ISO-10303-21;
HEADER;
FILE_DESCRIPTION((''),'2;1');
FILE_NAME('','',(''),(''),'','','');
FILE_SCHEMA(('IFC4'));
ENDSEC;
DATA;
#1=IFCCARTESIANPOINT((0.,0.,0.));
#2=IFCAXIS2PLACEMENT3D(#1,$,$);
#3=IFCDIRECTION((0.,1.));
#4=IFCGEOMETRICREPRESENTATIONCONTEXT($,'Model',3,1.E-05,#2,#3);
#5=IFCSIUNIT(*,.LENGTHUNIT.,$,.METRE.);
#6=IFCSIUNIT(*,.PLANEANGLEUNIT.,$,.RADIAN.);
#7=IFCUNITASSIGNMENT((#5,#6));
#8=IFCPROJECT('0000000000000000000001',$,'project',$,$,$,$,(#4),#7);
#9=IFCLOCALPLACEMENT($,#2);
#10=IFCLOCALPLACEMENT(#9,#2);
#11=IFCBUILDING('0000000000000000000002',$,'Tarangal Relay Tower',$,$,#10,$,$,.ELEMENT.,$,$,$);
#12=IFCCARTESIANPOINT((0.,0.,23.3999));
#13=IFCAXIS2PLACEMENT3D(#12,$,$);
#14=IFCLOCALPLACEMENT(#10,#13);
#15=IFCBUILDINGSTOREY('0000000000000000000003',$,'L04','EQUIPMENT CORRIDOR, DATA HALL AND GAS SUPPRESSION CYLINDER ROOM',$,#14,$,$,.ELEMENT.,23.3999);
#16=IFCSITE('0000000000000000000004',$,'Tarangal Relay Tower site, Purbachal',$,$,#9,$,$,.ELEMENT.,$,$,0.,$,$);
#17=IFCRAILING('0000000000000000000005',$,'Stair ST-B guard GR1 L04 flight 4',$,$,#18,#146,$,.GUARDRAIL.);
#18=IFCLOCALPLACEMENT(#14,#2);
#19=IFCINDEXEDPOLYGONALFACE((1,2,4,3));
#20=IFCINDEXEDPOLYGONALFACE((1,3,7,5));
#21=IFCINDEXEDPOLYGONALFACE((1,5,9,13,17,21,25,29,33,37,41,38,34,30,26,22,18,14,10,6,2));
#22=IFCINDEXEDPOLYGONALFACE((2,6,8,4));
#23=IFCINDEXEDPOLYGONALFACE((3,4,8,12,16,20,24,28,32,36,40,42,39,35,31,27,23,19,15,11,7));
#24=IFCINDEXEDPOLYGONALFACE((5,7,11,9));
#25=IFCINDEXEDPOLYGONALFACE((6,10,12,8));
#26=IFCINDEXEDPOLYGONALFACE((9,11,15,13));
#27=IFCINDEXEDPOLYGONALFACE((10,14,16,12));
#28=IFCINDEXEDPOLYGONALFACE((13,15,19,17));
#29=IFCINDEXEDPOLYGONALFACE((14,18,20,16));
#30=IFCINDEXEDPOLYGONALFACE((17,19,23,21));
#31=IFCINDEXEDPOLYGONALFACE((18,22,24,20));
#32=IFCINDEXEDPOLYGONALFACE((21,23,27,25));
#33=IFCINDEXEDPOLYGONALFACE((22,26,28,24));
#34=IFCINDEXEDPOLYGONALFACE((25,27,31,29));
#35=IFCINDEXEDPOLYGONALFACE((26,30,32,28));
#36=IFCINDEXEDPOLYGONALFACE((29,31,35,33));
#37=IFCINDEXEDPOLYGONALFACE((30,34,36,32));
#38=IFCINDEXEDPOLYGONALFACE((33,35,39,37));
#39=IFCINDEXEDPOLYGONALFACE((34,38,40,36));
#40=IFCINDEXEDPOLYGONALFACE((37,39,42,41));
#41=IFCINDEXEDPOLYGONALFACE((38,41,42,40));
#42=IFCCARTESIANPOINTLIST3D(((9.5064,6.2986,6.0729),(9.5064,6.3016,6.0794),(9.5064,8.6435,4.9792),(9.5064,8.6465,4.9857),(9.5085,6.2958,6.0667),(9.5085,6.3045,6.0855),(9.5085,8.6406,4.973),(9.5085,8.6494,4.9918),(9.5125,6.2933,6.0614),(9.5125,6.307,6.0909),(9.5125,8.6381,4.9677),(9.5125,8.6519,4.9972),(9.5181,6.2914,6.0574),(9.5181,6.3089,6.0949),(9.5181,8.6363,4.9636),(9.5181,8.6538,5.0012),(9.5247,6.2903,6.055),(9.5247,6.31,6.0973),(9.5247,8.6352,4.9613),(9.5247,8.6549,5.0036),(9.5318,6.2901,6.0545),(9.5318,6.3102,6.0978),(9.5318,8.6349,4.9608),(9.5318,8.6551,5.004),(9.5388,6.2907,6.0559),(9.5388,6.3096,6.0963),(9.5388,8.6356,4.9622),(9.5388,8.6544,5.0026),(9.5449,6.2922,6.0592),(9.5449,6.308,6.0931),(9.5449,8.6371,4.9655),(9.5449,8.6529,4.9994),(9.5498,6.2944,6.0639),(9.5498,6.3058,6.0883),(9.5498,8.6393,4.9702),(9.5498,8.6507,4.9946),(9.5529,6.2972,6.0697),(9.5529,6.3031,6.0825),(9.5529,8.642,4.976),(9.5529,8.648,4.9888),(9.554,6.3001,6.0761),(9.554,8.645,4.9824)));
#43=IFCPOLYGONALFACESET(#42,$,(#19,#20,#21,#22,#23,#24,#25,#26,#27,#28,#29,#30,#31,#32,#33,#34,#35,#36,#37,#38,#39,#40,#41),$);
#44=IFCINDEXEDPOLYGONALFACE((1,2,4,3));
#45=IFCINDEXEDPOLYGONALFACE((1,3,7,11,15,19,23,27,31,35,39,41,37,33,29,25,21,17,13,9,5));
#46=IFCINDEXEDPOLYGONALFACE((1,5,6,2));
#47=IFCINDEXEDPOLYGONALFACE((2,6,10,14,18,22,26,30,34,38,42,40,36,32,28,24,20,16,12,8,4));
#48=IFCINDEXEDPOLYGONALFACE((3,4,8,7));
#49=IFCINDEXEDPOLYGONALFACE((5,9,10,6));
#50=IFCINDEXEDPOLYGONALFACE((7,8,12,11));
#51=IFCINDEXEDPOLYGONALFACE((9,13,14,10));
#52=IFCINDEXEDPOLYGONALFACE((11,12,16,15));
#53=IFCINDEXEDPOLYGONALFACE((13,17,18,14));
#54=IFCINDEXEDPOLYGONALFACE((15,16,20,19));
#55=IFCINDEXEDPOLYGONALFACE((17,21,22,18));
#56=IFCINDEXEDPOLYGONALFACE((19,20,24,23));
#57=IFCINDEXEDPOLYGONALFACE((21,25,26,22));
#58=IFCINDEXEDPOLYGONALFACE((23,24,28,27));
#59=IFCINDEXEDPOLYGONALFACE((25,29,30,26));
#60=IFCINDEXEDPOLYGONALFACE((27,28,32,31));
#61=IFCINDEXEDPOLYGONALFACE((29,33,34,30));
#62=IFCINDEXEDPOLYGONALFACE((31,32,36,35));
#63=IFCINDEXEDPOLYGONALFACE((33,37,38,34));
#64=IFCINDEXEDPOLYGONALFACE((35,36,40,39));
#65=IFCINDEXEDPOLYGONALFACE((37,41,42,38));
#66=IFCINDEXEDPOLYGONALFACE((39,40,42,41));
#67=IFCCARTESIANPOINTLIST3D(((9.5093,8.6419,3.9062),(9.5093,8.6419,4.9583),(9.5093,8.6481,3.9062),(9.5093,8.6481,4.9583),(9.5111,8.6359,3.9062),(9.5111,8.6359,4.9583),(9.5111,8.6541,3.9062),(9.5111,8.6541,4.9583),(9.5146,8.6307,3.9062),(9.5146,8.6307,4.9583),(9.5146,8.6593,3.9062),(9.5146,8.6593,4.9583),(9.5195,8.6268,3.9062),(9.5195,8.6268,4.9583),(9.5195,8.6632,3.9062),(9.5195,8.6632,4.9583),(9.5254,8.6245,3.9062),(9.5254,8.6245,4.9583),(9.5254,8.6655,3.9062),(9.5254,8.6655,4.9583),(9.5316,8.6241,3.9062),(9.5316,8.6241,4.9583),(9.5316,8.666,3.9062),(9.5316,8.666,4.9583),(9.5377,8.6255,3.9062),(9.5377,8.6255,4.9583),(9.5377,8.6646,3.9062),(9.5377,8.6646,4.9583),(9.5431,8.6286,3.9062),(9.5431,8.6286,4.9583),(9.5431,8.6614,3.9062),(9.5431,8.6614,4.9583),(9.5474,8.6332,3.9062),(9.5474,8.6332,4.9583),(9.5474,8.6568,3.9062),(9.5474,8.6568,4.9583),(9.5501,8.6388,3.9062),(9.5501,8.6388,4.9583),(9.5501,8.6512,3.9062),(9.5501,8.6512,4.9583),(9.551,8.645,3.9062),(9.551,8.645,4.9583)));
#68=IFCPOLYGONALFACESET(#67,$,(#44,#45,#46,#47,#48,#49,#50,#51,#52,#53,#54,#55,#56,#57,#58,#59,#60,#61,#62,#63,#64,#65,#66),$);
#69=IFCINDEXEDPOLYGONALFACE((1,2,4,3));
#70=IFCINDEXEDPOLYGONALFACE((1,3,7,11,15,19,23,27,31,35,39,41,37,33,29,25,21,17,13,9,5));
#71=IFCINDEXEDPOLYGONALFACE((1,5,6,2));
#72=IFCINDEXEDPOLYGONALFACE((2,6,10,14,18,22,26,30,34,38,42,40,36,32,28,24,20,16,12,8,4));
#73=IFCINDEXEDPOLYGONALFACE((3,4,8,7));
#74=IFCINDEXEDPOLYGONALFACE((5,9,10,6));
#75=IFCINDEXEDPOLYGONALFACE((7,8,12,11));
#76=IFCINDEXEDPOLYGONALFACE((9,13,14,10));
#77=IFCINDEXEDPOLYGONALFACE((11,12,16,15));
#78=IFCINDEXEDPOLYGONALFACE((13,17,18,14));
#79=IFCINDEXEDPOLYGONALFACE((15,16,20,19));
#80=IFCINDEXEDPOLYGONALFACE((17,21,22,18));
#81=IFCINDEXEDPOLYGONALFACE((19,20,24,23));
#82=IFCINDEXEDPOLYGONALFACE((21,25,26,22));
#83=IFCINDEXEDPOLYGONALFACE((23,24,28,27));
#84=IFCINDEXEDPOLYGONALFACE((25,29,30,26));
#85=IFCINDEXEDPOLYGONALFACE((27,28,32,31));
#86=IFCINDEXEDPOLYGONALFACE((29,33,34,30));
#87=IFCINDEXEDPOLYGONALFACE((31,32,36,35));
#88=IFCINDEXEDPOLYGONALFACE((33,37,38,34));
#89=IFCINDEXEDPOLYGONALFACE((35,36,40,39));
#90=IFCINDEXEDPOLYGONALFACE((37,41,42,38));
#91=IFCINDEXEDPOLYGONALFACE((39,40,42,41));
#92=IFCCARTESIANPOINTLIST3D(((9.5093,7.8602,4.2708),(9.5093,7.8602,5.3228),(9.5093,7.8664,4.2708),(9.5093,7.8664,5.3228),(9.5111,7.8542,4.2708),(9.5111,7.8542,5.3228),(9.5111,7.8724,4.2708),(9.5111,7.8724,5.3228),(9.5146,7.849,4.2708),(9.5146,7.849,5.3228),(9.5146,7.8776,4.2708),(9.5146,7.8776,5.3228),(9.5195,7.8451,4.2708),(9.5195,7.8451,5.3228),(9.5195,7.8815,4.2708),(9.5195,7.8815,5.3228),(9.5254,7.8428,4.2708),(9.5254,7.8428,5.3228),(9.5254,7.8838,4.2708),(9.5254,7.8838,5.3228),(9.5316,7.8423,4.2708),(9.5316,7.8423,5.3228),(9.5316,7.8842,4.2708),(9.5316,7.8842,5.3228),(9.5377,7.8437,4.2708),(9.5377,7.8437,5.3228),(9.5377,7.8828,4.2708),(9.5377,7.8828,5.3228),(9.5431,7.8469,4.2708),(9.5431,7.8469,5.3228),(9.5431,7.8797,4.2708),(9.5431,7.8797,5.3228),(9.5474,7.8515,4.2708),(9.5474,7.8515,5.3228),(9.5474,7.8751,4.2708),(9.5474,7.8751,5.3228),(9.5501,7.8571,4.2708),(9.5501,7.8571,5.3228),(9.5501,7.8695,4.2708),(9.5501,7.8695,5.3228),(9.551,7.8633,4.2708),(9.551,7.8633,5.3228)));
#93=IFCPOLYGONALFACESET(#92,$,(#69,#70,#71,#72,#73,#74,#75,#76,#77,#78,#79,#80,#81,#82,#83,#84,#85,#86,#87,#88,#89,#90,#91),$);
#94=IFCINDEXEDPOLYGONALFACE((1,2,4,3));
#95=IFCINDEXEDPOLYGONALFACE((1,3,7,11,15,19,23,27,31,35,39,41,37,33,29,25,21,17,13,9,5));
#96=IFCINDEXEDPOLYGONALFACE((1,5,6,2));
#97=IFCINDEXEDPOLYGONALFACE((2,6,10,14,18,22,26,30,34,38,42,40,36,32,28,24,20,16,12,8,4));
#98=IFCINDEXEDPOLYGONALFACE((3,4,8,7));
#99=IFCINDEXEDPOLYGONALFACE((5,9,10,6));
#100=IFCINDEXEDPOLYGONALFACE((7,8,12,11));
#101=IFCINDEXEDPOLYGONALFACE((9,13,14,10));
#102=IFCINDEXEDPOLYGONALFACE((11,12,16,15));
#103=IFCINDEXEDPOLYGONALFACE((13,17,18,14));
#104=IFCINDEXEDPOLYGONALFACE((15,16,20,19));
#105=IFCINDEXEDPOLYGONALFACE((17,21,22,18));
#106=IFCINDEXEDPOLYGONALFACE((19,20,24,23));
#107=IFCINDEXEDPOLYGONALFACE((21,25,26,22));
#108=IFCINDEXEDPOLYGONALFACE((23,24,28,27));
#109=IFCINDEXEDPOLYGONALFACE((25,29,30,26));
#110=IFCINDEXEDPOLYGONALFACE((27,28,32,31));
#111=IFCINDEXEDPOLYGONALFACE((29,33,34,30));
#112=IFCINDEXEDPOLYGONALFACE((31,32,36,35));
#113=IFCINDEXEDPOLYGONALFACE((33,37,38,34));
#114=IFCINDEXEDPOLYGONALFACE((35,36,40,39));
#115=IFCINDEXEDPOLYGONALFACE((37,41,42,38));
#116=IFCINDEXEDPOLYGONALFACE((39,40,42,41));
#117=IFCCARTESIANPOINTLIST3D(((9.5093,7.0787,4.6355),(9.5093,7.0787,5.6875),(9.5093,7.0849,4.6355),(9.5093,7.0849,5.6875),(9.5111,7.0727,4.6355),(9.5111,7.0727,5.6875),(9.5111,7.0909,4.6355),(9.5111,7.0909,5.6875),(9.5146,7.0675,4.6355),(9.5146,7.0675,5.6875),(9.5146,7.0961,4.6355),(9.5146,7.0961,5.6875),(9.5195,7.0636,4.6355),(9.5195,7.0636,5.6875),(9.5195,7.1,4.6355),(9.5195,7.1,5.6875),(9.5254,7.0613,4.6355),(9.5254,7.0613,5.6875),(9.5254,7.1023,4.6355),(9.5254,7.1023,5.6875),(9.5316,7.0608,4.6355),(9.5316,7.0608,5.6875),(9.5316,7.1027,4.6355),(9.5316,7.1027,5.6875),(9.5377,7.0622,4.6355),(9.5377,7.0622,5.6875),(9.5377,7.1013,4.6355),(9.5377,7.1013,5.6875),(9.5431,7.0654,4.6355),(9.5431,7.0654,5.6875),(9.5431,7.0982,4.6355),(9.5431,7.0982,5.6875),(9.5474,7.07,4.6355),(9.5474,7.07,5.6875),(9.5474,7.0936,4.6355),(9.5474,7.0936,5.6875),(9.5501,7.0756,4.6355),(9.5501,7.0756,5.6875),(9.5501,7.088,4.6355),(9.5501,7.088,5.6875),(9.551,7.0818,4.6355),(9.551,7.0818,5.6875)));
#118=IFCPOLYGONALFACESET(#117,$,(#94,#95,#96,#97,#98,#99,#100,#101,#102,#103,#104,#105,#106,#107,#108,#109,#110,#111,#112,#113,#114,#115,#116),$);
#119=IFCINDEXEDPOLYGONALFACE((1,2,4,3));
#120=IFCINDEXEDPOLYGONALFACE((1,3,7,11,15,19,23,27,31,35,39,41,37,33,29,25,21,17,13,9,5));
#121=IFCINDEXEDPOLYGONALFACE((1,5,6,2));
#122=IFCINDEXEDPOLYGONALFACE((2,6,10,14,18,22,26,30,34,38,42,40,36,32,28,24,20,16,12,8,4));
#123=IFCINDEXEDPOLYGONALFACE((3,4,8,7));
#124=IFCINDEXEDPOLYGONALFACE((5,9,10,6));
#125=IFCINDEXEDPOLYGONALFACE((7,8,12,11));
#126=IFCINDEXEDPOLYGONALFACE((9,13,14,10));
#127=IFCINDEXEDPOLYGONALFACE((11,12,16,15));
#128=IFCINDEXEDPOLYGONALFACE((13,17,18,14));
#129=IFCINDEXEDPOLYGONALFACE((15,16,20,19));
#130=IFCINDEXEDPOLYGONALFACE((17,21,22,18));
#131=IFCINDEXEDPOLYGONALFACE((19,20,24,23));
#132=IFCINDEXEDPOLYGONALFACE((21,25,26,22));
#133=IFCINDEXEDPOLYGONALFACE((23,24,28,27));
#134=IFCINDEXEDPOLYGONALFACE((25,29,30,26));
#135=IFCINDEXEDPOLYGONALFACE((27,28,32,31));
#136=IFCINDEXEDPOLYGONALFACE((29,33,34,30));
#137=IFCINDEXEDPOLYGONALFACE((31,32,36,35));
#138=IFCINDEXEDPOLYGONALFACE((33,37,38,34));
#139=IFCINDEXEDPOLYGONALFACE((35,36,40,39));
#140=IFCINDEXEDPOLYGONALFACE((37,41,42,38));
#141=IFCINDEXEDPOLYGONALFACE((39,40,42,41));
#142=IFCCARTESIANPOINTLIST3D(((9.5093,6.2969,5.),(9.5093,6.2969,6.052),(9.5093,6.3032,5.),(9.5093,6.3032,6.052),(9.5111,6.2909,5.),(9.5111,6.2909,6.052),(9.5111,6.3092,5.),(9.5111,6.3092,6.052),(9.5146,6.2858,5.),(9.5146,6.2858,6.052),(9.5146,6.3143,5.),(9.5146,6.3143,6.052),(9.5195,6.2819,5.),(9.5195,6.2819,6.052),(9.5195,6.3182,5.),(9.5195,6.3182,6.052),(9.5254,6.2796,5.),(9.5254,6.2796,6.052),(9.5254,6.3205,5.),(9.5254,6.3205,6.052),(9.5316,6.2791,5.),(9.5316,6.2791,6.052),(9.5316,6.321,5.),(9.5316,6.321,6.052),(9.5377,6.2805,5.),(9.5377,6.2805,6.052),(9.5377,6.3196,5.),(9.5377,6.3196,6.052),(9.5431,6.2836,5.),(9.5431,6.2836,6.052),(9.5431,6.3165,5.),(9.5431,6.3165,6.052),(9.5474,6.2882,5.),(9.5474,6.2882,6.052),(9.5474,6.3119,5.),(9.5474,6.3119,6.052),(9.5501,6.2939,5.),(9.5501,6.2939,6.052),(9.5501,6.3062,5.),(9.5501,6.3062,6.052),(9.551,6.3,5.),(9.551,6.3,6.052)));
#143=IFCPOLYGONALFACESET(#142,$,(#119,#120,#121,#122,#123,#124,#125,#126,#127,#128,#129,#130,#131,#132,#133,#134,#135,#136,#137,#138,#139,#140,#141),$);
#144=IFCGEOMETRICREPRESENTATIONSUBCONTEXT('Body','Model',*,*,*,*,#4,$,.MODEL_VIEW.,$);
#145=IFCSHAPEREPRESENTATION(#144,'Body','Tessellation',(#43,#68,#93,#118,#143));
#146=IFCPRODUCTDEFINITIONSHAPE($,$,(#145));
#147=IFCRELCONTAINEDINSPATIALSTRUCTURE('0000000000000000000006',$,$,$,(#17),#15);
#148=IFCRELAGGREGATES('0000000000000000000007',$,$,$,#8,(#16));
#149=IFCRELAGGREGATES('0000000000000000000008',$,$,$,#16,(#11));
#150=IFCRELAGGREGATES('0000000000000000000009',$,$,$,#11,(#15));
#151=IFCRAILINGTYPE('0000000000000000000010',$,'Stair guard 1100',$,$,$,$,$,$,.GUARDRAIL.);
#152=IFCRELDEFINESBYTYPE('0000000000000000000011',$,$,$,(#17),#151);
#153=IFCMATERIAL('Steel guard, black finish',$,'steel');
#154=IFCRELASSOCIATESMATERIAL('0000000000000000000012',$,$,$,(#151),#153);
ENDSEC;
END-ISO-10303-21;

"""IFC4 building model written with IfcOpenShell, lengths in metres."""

from ifc_helpers import new_model, si_unit, direction, frame, origin, origin_2d, place, context, subcontext, project, spatial, circle, extrude, material, type_object, element, save


model = new_model("IFC4")

# Units and contexts
model_context = context("Model", 3, precision=1e-05, world=origin(), true_north=direction((0.0, 1.0)))
body_context = subcontext(model_context, "Body", "Model", "MODEL_VIEW")
ifc_project = project(units=[si_unit("LENGTHUNIT", "METRE"), si_unit("PLANEANGLEUNIT", "RADIAN")], contexts=[model_context])

# Site, building, storey
site_placement = place(None, origin())
site = spatial("IfcSite", under=ifc_project, at=site_placement, Name="Tarangal Relay Tower site, Purbachal", CompositionType="ELEMENT", RefElevation=0.0)
building_placement = place(site_placement, origin())
building = spatial("IfcBuilding", under=site, at=building_placement, Name="Tarangal Relay Tower", CompositionType="ELEMENT")
storey_placement = place(building_placement, frame((0.0, 0.0, 23.3999)))
storey = spatial("IfcBuildingStorey", under=building, at=storey_placement, Name="L04", Description="EQUIPMENT CORRIDOR, DATA HALL AND GAS SUPPRESSION CYLINDER ROOM", CompositionType="ELEMENT", Elevation=23.3999)

# Railing
ifc_material_1 = material(Name="Steel guard, black finish", Category="steel")
railing_type_1 = type_object("IfcRailingType", Name="Stair guard 1100", PredefinedType="GUARDRAIL", material=ifc_material_1)
for number, where, name in (
    (1, (9.53, 8.645, 3.9062), "Stair ST-B guard GR1 L04 flight 4"),
):
    element("IfcRailing", number, at=place(storey_placement, frame(where)), inside=storey, type_object=railing_type_1, Name=name, PredefinedType="GUARDRAIL", context=body_context, shape_type="SweptSolid", body=[
        extrude(circle(Radius=0.0239, at=origin_2d()), frame((0.0, 0.0, 1.0762), z_axis=(0.0, -0.906267, 0.422705), x_axis=(1.0, 0.0, 0.0)), (0.0, 0.0, 1.0), 2.5874),
        extrude(circle(Radius=0.021, at=origin_2d()), origin(), (0.0, 0.0, 1.0), 1.052),
        extrude(circle(Radius=0.021, at=origin_2d()), frame((0.0, -0.7817, 0.3645)), (0.0, 0.0, 1.0), 1.052),
        extrude(circle(Radius=0.021, at=origin_2d()), frame((0.0, -1.5632, 0.7292)), (0.0, 0.0, 1.0), 1.052),
        extrude(circle(Radius=0.021, at=origin_2d()), frame((0.0, -2.345, 1.0938)), (0.0, 0.0, 1.0), 1.052),
    ])

save(model, "model.ifc")
